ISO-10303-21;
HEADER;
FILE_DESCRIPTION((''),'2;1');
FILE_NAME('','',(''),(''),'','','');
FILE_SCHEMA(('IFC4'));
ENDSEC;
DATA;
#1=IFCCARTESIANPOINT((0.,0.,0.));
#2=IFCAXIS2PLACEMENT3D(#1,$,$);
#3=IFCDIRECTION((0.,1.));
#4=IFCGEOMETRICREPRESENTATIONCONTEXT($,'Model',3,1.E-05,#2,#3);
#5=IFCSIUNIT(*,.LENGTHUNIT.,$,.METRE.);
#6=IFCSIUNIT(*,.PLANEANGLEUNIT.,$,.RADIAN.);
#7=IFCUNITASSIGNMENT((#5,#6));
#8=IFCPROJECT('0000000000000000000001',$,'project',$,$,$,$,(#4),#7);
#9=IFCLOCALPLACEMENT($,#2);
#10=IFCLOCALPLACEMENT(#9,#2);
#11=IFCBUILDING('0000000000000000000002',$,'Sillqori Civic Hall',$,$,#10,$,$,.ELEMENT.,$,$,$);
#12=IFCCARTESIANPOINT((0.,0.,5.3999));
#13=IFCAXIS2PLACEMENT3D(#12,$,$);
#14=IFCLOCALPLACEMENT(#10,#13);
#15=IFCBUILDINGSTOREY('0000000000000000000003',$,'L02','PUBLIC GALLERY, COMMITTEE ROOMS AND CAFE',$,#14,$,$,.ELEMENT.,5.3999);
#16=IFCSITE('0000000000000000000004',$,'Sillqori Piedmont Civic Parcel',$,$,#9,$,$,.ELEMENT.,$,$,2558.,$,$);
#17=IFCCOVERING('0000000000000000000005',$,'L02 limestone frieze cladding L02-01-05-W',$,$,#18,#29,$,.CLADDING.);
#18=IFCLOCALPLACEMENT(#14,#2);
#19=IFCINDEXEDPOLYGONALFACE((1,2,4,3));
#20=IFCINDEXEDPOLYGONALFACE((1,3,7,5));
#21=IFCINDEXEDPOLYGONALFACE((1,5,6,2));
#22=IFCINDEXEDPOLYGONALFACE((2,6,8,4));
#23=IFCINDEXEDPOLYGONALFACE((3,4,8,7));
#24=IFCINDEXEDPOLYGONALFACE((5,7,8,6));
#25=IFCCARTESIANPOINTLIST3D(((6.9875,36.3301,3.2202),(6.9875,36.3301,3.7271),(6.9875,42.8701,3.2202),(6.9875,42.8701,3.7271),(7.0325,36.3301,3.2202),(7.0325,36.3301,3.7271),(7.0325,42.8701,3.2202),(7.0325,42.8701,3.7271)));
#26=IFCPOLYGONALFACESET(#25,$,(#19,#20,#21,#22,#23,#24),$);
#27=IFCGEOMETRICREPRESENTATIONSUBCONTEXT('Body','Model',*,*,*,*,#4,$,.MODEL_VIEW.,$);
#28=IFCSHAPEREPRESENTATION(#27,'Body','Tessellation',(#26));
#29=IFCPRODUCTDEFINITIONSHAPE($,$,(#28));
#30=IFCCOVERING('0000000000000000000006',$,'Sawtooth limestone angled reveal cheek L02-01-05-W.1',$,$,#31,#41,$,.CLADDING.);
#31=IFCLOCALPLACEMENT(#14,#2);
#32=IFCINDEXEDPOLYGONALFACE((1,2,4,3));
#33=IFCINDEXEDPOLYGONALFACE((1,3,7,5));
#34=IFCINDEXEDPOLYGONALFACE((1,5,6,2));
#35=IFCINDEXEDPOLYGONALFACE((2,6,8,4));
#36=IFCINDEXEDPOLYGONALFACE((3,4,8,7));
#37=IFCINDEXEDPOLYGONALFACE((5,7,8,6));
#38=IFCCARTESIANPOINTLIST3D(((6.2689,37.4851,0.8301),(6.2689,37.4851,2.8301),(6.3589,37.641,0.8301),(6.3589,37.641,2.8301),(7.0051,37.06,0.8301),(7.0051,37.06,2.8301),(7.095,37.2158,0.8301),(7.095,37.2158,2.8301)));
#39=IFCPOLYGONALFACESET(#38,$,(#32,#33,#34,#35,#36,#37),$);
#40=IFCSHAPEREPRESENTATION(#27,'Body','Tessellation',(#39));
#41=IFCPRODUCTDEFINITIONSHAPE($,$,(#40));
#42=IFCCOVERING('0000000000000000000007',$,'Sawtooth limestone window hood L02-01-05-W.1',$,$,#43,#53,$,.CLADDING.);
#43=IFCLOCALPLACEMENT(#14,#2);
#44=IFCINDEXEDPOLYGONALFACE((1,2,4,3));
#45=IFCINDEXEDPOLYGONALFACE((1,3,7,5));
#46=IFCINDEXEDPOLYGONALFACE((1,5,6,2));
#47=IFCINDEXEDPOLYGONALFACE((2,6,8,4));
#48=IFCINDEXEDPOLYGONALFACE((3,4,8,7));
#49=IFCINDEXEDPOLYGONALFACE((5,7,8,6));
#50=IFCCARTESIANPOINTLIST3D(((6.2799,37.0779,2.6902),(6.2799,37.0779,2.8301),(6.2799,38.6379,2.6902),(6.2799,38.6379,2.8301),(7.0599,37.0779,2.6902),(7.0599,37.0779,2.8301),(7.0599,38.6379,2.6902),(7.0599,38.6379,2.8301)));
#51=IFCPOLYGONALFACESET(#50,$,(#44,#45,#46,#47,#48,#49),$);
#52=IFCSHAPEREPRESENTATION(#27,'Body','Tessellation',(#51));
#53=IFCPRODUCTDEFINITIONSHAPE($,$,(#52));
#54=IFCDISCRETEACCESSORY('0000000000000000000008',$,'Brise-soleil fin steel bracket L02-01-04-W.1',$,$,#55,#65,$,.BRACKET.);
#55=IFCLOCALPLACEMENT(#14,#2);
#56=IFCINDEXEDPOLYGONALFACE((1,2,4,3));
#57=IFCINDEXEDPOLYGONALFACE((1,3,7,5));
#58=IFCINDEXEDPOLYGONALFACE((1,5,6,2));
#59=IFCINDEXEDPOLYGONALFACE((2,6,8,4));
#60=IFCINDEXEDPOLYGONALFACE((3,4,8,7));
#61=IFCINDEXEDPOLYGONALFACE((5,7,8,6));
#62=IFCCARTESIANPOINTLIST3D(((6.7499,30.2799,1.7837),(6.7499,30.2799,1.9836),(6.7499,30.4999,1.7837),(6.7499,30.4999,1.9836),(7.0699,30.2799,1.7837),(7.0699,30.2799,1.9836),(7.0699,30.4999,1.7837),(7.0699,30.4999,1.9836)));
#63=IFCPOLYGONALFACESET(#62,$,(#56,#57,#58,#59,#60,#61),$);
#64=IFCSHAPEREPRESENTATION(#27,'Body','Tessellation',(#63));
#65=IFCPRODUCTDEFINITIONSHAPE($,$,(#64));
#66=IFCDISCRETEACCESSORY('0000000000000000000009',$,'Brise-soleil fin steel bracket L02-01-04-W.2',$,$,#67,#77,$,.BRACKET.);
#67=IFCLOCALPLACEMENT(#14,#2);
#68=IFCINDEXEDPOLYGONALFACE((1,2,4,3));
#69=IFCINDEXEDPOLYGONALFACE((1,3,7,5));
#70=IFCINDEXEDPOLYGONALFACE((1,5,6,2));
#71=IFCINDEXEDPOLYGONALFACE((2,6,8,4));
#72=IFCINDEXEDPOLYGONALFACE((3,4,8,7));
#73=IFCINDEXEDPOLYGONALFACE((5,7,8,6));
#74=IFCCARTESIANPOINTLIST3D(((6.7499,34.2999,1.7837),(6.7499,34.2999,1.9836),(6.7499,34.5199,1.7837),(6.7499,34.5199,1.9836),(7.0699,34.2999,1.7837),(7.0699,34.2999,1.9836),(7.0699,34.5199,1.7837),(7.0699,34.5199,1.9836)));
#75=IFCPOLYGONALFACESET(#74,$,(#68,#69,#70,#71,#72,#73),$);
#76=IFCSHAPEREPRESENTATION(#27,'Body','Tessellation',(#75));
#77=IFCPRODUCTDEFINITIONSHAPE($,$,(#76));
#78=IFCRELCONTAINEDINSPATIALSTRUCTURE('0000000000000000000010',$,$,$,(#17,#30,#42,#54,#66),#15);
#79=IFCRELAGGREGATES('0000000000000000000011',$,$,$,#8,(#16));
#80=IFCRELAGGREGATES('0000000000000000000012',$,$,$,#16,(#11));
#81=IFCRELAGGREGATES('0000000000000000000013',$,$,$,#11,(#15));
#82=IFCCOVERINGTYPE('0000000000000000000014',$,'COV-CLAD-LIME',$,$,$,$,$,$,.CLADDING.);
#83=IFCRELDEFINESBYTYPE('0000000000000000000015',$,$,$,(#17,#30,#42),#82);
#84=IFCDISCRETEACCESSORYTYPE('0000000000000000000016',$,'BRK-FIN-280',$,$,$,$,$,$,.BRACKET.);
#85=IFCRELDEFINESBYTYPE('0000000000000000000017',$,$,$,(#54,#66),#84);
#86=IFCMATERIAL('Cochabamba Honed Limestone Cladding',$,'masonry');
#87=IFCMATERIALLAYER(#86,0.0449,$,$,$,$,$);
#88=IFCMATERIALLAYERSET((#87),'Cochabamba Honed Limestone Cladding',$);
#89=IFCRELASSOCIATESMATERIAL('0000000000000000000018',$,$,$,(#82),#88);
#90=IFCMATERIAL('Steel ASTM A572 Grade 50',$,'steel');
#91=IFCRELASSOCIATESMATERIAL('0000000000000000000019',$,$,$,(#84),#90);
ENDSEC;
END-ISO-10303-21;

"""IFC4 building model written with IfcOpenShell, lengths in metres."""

from ifc_helpers import new_model, si_unit, direction, frame, frame_2d, origin, origin_2d, place, context, subcontext, project, spatial, rectangle, extrude, material, layer, layer_set, type_object, element, save


model = new_model("IFC4")

# Units and contexts
model_context = context("Model", 3, precision=1e-05, world=origin(), true_north=direction((0.0, 1.0)))
body_context = subcontext(model_context, "Body", "Model", "MODEL_VIEW")
ifc_project = project(units=[si_unit("LENGTHUNIT", "METRE"), si_unit("PLANEANGLEUNIT", "RADIAN")], contexts=[model_context])

# Site, building, storey
site_placement = place(None, origin())
site = spatial("IfcSite", under=ifc_project, at=site_placement, Name="Sillqori Piedmont Civic Parcel", CompositionType="ELEMENT", RefElevation=2558.0)
building_placement = place(site_placement, origin())
building = spatial("IfcBuilding", under=site, at=building_placement, Name="Sillqori Civic Hall", CompositionType="ELEMENT")
storey_placement = place(building_placement, frame((0.0, 0.0, 5.3999)))
storey = spatial("IfcBuildingStorey", under=building, at=storey_placement, Name="L02", Description="PUBLIC GALLERY, COMMITTEE ROOMS AND CAFE", CompositionType="ELEMENT", Elevation=5.3999)

# Coverings
ifc_material_1 = material(Name="Cochabamba Honed Limestone Cladding", Category="masonry")
ifc_layer_1 = layer(ifc_material_1, 0.0449)
ifc_layer_set_1 = layer_set([ifc_layer_1], Name="Cochabamba Honed Limestone Cladding")
covering_type = type_object("IfcCoveringType", Name="COV-CLAD-LIME", PredefinedType="CLADDING", material=ifc_layer_set_1)
covering_1_placement = place(storey_placement, frame((7.01, 36.3301, 3.2202), z_axis=(0.0, 0.0, 1.0), x_axis=(0.0, 1.0, 0.0)))
element("IfcCovering", 1, at=covering_1_placement, inside=storey, type_object=covering_type, Name="L02 limestone frieze cladding L02-01-05-W", PredefinedType="CLADDING", context=body_context, shape_type="SweptSolid", body=[
    extrude(rectangle(XDim=6.54, YDim=0.0449, at=frame_2d((3.27, 0.0))), origin(), (0.0, 0.0, 1.0), 0.5068),
])
covering_2_placement = place(storey_placement, frame((7.05, 37.1379, 0.8301), z_axis=(0.0, 0.0, 1.0), x_axis=(-0.865989, 0.500062, 0.0)))
element("IfcCovering", 2, at=covering_2_placement, inside=storey, type_object=covering_type, Name="Sawtooth limestone angled reveal cheek L02-01-05-W.1", PredefinedType="CLADDING", context=body_context, shape_type="SweptSolid", body=[
    extrude(rectangle(XDim=0.8501, YDim=0.1799, at=frame_2d((0.425, 0.0))), origin(), (0.0, 0.0, 1.0), 2.0),
])
covering_3_placement = place(storey_placement, frame((6.6699, 37.0779, 2.6902), z_axis=(0.0, 0.0, 1.0), x_axis=(0.0, 1.0, 0.0)))
element("IfcCovering", 3, at=covering_3_placement, inside=storey, type_object=covering_type, Name="Sawtooth limestone window hood L02-01-05-W.1", PredefinedType="CLADDING", context=body_context, shape_type="SweptSolid", body=[
    extrude(rectangle(XDim=1.5601, YDim=0.78, at=frame_2d((0.78, 0.0))), origin(), (0.0, 0.0, 1.0), 0.1399),
])

# Discrete accessories
ifc_material_2 = material(Name="Steel ASTM A572 Grade 50", Category="steel")
discrete_accessory_type = type_object("IfcDiscreteAccessoryType", Name="BRK-FIN-280", PredefinedType="BRACKET", material=ifc_material_2)
for number, where, z_axis, x_axis, name in (
    (4, (6.9099, 30.3899, 1.7837), (0.0, 0.0, 1.0), (0.0, 1.0, 0.0), "Brise-soleil fin steel bracket L02-01-04-W.1"),
    (5, (6.9099, 34.4099, 1.7837), (0.0, 0.0, 1.0), (0.0, 1.0, 0.0), "Brise-soleil fin steel bracket L02-01-04-W.2"),
):
    element("IfcDiscreteAccessory", number, at=place(storey_placement, frame(where, z_axis=z_axis, x_axis=x_axis)), inside=storey, type_object=discrete_accessory_type, Name=name, PredefinedType="BRACKET", context=body_context, shape_type="SweptSolid", body=[
        extrude(rectangle(XDim=0.22, YDim=0.3201, at=origin_2d()), origin(), (0.0, 0.0, 1.0), 0.2),
    ])

save(model, "model.ifc")
